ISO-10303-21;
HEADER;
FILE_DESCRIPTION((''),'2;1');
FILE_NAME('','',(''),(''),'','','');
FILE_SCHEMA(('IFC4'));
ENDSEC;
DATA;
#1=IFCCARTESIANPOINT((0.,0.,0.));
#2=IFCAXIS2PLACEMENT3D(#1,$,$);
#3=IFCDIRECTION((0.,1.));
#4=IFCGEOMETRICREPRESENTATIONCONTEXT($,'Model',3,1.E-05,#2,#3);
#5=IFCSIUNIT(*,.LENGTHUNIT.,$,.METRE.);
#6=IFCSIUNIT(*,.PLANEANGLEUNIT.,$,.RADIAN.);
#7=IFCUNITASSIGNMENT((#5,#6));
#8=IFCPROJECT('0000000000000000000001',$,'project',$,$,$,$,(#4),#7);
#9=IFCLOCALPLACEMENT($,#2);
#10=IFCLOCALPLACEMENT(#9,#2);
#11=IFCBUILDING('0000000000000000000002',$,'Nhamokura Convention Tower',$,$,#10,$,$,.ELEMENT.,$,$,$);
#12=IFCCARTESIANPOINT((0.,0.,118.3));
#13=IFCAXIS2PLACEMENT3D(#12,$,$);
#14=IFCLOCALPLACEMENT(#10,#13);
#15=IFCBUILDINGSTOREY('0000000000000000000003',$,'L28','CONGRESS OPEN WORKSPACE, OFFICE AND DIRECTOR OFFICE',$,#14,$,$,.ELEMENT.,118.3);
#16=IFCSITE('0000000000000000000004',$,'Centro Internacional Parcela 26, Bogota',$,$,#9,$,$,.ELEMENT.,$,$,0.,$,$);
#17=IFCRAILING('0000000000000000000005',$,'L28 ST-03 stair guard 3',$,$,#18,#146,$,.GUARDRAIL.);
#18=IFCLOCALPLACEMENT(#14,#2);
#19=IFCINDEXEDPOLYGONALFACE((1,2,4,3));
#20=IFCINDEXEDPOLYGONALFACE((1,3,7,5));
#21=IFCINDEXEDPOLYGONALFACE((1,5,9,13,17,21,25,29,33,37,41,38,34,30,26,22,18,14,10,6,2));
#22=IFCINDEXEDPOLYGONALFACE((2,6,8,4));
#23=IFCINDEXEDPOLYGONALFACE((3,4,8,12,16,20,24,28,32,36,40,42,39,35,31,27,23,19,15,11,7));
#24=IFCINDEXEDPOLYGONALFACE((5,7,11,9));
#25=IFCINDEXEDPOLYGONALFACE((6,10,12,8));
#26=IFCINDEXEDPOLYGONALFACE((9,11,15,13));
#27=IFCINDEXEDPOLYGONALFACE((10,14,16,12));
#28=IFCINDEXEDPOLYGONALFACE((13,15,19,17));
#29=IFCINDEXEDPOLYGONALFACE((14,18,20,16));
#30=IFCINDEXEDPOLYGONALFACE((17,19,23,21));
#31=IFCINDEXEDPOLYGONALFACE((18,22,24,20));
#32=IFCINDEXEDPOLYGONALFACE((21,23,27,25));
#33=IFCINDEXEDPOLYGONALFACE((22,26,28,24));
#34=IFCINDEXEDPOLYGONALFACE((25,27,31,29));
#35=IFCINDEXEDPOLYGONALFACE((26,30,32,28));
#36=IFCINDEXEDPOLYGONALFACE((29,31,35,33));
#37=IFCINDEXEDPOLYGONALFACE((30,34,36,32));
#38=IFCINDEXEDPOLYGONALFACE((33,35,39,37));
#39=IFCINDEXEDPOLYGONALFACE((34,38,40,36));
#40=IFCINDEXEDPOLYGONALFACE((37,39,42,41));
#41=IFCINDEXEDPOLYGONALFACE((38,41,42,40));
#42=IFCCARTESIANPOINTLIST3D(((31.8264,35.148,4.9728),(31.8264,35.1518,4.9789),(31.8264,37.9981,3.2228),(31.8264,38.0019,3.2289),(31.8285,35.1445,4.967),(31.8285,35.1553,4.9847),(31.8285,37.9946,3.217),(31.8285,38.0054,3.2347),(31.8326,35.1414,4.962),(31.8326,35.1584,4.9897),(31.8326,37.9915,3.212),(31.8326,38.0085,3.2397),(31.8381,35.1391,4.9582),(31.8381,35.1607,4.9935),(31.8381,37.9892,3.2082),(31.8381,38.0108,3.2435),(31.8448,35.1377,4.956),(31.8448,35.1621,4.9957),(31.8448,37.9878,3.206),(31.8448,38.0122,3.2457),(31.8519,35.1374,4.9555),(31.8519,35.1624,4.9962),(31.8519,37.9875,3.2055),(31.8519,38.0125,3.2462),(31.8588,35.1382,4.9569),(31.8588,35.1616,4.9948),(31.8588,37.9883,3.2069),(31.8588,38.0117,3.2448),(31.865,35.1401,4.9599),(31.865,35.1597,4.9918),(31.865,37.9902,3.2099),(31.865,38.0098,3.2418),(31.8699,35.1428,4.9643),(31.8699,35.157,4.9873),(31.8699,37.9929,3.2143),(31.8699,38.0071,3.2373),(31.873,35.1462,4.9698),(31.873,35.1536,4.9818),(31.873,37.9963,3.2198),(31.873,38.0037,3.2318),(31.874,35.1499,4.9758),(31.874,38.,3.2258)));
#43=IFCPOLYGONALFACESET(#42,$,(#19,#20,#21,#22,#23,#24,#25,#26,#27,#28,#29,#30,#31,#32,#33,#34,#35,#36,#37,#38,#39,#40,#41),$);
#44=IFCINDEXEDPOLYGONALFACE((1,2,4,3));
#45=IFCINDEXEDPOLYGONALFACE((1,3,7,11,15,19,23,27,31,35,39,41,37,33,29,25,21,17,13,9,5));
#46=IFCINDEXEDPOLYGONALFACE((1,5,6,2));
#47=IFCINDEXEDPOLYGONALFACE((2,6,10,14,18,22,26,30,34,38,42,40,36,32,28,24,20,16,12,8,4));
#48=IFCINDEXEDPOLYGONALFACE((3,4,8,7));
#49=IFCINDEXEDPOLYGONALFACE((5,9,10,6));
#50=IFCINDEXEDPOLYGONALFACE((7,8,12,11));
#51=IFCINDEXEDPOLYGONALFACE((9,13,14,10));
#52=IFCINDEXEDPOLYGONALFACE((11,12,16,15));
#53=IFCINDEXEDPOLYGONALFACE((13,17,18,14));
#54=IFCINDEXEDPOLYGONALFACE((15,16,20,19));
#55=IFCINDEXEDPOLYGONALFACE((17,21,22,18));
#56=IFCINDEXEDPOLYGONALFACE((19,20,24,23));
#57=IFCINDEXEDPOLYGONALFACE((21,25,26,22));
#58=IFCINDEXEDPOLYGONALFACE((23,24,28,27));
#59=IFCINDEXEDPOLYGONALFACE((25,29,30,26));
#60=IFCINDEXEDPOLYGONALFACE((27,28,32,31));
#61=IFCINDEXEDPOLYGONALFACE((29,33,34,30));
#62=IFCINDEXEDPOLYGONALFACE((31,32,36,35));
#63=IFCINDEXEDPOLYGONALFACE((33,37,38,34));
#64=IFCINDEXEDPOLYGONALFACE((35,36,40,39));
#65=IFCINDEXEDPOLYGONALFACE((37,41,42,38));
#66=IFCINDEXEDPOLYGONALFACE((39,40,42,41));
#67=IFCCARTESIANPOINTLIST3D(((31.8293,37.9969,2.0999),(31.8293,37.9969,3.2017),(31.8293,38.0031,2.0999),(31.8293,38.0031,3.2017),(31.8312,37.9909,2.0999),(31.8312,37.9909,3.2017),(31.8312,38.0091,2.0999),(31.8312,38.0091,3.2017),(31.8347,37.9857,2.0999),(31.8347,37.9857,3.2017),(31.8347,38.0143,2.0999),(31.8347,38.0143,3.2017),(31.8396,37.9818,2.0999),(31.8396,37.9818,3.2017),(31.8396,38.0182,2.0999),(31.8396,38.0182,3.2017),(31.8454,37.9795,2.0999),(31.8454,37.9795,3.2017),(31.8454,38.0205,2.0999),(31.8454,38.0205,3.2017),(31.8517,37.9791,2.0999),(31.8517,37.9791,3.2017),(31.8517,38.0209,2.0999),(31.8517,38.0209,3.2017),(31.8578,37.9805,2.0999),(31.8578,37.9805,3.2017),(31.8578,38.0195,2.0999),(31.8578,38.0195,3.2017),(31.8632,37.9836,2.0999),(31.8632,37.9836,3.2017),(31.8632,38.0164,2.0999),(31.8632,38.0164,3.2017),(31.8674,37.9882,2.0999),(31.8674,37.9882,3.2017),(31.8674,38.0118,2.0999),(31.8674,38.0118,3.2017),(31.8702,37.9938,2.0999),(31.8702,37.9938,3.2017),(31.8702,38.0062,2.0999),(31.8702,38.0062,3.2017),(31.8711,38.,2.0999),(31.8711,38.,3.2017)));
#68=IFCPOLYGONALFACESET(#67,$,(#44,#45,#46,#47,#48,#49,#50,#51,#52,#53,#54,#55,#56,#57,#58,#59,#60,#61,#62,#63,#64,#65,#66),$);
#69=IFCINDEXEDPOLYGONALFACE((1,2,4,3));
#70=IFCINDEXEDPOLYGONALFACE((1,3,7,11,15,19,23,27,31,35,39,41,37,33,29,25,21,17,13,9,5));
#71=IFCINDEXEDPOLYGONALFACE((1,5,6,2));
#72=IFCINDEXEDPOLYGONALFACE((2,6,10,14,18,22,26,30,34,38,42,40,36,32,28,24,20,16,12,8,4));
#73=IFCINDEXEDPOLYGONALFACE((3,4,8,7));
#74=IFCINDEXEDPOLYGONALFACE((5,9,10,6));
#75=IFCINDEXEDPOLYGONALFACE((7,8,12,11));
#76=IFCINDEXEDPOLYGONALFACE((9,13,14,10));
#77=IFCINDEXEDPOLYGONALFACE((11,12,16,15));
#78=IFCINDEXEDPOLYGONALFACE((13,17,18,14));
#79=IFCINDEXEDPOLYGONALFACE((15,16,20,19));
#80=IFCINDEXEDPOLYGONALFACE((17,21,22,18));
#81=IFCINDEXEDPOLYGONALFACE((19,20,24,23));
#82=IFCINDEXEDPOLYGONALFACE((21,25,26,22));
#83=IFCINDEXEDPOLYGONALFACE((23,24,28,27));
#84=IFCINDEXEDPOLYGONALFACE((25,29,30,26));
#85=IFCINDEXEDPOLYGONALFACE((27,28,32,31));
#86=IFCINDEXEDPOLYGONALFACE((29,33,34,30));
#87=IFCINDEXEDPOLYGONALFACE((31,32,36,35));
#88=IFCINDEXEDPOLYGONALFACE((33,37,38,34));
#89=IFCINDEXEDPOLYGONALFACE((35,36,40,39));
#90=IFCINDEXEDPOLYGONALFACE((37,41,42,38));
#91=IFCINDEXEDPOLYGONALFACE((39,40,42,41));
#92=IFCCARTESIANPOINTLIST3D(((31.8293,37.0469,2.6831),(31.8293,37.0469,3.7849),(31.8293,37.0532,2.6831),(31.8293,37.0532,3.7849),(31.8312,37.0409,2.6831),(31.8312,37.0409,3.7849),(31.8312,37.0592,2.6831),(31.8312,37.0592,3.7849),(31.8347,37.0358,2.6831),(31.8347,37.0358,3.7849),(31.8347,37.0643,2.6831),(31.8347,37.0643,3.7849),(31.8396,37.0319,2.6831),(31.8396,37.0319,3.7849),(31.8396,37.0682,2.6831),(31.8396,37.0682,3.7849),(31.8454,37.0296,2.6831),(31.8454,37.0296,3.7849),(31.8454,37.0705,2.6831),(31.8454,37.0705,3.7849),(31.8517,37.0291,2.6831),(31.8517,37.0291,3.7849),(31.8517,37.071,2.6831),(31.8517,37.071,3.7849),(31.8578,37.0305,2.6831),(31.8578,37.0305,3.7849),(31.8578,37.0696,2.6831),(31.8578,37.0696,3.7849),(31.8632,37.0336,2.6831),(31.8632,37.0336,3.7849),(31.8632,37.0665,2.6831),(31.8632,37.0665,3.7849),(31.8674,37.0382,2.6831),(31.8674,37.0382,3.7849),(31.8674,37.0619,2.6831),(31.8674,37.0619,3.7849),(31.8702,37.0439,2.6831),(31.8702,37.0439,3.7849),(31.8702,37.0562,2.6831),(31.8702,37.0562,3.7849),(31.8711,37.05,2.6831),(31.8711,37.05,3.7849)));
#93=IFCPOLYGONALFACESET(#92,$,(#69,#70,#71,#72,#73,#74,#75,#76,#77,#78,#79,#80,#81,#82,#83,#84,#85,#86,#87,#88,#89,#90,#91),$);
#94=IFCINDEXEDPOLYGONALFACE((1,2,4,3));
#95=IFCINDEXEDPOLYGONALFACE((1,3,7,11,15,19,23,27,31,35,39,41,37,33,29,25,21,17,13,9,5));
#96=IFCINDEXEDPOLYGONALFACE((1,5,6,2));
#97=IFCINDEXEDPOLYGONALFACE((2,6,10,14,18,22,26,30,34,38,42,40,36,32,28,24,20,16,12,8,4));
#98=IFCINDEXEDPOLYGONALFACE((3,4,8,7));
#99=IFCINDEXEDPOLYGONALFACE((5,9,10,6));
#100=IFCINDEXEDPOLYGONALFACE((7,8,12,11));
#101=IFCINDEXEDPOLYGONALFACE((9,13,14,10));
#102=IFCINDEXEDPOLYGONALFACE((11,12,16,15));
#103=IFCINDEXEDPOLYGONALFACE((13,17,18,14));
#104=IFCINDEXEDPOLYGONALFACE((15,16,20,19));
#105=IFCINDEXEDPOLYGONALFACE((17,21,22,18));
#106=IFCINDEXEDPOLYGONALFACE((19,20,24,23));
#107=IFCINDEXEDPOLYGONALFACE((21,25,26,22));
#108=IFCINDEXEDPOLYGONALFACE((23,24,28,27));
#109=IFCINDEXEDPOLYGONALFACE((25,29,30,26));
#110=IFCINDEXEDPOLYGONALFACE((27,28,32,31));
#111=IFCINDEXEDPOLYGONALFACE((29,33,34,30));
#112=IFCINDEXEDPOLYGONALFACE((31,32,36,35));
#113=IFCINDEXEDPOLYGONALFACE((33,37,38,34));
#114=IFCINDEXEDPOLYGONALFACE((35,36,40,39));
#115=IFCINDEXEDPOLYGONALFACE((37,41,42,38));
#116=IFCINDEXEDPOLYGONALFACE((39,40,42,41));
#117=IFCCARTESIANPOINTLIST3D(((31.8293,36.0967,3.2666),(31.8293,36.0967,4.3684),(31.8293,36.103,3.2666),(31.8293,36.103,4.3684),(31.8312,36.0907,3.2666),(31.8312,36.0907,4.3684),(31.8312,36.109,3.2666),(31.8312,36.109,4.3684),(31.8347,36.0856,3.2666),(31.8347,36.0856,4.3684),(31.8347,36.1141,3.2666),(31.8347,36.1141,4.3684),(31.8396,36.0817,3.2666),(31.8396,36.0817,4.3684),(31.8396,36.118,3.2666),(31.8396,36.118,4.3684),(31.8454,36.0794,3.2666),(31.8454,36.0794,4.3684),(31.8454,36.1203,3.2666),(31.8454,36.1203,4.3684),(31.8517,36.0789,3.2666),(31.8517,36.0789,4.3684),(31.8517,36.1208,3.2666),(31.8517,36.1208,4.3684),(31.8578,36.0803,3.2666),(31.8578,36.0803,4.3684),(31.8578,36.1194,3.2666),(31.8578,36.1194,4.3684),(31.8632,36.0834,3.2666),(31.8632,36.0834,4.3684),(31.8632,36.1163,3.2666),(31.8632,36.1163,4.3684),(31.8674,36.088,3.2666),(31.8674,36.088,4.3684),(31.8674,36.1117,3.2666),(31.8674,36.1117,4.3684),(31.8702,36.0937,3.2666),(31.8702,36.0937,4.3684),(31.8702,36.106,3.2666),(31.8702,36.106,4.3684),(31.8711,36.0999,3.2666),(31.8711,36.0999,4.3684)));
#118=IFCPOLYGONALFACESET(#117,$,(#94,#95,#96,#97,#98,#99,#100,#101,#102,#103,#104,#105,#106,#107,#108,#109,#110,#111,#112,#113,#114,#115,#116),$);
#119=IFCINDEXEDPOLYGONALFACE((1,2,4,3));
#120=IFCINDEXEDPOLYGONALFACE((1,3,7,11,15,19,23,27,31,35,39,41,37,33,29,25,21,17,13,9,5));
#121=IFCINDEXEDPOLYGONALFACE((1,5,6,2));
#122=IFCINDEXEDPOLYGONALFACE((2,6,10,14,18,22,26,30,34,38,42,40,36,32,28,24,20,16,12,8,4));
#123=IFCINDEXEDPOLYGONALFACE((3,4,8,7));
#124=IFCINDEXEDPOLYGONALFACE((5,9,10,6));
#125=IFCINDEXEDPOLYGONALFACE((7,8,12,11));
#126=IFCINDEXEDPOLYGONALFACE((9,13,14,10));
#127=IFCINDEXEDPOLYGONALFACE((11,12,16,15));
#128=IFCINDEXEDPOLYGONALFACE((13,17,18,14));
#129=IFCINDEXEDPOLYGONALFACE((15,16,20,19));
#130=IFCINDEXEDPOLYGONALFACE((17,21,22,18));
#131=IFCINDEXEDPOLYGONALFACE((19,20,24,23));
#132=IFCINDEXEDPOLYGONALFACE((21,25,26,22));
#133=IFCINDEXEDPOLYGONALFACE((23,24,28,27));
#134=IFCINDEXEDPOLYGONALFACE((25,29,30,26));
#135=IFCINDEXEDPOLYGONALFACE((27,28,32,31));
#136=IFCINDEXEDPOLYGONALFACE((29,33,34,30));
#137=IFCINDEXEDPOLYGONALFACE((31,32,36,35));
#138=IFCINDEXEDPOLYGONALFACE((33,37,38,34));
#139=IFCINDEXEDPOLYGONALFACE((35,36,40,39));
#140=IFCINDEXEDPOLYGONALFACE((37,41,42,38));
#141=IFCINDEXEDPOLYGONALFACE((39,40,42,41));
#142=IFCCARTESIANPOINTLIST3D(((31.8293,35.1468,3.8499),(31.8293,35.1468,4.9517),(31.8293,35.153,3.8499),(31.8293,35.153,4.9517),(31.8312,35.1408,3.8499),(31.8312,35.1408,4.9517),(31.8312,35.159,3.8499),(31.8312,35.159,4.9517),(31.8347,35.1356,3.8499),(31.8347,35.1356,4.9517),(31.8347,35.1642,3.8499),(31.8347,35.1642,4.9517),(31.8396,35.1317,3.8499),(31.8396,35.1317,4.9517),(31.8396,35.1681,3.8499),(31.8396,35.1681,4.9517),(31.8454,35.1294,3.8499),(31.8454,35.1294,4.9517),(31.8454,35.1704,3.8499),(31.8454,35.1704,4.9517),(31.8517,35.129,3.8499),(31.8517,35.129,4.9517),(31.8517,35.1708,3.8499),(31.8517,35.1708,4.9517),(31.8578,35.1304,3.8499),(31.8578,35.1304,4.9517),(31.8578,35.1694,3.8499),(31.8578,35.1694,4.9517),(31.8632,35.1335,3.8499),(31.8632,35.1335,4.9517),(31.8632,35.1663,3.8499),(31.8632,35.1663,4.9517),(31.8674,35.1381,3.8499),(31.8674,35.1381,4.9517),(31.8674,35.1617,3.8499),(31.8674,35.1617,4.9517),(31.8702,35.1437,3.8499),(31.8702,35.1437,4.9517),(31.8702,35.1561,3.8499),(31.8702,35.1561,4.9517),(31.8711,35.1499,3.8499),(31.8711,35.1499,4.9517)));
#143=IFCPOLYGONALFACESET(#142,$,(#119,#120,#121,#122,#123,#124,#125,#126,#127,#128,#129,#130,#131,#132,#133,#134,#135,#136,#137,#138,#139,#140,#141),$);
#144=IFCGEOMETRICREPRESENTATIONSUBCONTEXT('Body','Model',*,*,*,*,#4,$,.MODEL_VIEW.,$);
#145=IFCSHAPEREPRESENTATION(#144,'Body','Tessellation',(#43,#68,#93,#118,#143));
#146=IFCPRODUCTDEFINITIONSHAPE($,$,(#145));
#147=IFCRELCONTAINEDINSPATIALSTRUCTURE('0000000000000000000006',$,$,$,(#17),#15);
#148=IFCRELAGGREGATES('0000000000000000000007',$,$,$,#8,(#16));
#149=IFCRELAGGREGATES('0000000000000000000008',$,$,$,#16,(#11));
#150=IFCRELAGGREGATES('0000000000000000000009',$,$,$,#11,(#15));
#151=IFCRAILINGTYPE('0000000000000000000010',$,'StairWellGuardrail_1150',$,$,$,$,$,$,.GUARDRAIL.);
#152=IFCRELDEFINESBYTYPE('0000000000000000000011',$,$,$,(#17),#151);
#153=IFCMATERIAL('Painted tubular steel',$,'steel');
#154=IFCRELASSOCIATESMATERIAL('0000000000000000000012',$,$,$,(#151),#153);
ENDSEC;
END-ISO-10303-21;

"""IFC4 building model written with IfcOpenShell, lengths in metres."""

from ifc_helpers import new_model, si_unit, direction, frame, origin, origin_2d, place, context, subcontext, project, spatial, circle, extrude, material, type_object, element, save


model = new_model("IFC4")

# Units and contexts
model_context = context("Model", 3, precision=1e-05, world=origin(), true_north=direction((0.0, 1.0)))
body_context = subcontext(model_context, "Body", "Model", "MODEL_VIEW")
ifc_project = project(units=[si_unit("LENGTHUNIT", "METRE"), si_unit("PLANEANGLEUNIT", "RADIAN")], contexts=[model_context])

# Site, building, storey
site_placement = place(None, origin())
site = spatial("IfcSite", under=ifc_project, at=site_placement, Name="Centro Internacional Parcela 26, Bogota", CompositionType="ELEMENT", RefElevation=0.0)
building_placement = place(site_placement, origin())
building = spatial("IfcBuilding", under=site, at=building_placement, Name="Nhamokura Convention Tower", CompositionType="ELEMENT")
storey_placement = place(building_placement, frame((0.0, 0.0, 118.3)))
storey = spatial("IfcBuildingStorey", under=building, at=storey_placement, Name="L28", Description="CONGRESS OPEN WORKSPACE, OFFICE AND DIRECTOR OFFICE", CompositionType="ELEMENT", Elevation=118.3)

# Railing
ifc_material_1 = material(Name="Painted tubular steel", Category="steel")
railing_type_1 = type_object("IfcRailingType", Name="StairWellGuardrail_1150", PredefinedType="GUARDRAIL", material=ifc_material_1)
railing_1_placement = place(storey_placement, frame((31.8501, 38.0, 2.0999)))
element("IfcRailing", 1, at=railing_1_placement, inside=storey, type_object=railing_type_1, Name="L28 ST-03 stair guard 3", PredefinedType="GUARDRAIL", context=body_context, shape_type="SweptSolid", body=[
    extrude(circle(Radius=0.0239, at=origin_2d()), frame((0.0, 0.0, 1.126), z_axis=(0.0, -0.852179, 0.52325), x_axis=(1.0, 0.0, 0.0)), (0.0, 0.0, 1.0), 3.3445),
    extrude(circle(Radius=0.021, at=origin_2d()), origin(), (0.0, 0.0, 1.0), 1.1018),
    extrude(circle(Radius=0.021, at=origin_2d()), frame((0.0, -0.95, 0.5833)), (0.0, 0.0, 1.0), 1.1018),
    extrude(circle(Radius=0.021, at=origin_2d()), frame((0.0, -1.9001, 1.1667)), (0.0, 0.0, 1.0), 1.1018),
    extrude(circle(Radius=0.021, at=origin_2d()), frame((0.0, -2.8501, 1.75)), (0.0, 0.0, 1.0), 1.1018),
])

save(model, "model.ifc")
